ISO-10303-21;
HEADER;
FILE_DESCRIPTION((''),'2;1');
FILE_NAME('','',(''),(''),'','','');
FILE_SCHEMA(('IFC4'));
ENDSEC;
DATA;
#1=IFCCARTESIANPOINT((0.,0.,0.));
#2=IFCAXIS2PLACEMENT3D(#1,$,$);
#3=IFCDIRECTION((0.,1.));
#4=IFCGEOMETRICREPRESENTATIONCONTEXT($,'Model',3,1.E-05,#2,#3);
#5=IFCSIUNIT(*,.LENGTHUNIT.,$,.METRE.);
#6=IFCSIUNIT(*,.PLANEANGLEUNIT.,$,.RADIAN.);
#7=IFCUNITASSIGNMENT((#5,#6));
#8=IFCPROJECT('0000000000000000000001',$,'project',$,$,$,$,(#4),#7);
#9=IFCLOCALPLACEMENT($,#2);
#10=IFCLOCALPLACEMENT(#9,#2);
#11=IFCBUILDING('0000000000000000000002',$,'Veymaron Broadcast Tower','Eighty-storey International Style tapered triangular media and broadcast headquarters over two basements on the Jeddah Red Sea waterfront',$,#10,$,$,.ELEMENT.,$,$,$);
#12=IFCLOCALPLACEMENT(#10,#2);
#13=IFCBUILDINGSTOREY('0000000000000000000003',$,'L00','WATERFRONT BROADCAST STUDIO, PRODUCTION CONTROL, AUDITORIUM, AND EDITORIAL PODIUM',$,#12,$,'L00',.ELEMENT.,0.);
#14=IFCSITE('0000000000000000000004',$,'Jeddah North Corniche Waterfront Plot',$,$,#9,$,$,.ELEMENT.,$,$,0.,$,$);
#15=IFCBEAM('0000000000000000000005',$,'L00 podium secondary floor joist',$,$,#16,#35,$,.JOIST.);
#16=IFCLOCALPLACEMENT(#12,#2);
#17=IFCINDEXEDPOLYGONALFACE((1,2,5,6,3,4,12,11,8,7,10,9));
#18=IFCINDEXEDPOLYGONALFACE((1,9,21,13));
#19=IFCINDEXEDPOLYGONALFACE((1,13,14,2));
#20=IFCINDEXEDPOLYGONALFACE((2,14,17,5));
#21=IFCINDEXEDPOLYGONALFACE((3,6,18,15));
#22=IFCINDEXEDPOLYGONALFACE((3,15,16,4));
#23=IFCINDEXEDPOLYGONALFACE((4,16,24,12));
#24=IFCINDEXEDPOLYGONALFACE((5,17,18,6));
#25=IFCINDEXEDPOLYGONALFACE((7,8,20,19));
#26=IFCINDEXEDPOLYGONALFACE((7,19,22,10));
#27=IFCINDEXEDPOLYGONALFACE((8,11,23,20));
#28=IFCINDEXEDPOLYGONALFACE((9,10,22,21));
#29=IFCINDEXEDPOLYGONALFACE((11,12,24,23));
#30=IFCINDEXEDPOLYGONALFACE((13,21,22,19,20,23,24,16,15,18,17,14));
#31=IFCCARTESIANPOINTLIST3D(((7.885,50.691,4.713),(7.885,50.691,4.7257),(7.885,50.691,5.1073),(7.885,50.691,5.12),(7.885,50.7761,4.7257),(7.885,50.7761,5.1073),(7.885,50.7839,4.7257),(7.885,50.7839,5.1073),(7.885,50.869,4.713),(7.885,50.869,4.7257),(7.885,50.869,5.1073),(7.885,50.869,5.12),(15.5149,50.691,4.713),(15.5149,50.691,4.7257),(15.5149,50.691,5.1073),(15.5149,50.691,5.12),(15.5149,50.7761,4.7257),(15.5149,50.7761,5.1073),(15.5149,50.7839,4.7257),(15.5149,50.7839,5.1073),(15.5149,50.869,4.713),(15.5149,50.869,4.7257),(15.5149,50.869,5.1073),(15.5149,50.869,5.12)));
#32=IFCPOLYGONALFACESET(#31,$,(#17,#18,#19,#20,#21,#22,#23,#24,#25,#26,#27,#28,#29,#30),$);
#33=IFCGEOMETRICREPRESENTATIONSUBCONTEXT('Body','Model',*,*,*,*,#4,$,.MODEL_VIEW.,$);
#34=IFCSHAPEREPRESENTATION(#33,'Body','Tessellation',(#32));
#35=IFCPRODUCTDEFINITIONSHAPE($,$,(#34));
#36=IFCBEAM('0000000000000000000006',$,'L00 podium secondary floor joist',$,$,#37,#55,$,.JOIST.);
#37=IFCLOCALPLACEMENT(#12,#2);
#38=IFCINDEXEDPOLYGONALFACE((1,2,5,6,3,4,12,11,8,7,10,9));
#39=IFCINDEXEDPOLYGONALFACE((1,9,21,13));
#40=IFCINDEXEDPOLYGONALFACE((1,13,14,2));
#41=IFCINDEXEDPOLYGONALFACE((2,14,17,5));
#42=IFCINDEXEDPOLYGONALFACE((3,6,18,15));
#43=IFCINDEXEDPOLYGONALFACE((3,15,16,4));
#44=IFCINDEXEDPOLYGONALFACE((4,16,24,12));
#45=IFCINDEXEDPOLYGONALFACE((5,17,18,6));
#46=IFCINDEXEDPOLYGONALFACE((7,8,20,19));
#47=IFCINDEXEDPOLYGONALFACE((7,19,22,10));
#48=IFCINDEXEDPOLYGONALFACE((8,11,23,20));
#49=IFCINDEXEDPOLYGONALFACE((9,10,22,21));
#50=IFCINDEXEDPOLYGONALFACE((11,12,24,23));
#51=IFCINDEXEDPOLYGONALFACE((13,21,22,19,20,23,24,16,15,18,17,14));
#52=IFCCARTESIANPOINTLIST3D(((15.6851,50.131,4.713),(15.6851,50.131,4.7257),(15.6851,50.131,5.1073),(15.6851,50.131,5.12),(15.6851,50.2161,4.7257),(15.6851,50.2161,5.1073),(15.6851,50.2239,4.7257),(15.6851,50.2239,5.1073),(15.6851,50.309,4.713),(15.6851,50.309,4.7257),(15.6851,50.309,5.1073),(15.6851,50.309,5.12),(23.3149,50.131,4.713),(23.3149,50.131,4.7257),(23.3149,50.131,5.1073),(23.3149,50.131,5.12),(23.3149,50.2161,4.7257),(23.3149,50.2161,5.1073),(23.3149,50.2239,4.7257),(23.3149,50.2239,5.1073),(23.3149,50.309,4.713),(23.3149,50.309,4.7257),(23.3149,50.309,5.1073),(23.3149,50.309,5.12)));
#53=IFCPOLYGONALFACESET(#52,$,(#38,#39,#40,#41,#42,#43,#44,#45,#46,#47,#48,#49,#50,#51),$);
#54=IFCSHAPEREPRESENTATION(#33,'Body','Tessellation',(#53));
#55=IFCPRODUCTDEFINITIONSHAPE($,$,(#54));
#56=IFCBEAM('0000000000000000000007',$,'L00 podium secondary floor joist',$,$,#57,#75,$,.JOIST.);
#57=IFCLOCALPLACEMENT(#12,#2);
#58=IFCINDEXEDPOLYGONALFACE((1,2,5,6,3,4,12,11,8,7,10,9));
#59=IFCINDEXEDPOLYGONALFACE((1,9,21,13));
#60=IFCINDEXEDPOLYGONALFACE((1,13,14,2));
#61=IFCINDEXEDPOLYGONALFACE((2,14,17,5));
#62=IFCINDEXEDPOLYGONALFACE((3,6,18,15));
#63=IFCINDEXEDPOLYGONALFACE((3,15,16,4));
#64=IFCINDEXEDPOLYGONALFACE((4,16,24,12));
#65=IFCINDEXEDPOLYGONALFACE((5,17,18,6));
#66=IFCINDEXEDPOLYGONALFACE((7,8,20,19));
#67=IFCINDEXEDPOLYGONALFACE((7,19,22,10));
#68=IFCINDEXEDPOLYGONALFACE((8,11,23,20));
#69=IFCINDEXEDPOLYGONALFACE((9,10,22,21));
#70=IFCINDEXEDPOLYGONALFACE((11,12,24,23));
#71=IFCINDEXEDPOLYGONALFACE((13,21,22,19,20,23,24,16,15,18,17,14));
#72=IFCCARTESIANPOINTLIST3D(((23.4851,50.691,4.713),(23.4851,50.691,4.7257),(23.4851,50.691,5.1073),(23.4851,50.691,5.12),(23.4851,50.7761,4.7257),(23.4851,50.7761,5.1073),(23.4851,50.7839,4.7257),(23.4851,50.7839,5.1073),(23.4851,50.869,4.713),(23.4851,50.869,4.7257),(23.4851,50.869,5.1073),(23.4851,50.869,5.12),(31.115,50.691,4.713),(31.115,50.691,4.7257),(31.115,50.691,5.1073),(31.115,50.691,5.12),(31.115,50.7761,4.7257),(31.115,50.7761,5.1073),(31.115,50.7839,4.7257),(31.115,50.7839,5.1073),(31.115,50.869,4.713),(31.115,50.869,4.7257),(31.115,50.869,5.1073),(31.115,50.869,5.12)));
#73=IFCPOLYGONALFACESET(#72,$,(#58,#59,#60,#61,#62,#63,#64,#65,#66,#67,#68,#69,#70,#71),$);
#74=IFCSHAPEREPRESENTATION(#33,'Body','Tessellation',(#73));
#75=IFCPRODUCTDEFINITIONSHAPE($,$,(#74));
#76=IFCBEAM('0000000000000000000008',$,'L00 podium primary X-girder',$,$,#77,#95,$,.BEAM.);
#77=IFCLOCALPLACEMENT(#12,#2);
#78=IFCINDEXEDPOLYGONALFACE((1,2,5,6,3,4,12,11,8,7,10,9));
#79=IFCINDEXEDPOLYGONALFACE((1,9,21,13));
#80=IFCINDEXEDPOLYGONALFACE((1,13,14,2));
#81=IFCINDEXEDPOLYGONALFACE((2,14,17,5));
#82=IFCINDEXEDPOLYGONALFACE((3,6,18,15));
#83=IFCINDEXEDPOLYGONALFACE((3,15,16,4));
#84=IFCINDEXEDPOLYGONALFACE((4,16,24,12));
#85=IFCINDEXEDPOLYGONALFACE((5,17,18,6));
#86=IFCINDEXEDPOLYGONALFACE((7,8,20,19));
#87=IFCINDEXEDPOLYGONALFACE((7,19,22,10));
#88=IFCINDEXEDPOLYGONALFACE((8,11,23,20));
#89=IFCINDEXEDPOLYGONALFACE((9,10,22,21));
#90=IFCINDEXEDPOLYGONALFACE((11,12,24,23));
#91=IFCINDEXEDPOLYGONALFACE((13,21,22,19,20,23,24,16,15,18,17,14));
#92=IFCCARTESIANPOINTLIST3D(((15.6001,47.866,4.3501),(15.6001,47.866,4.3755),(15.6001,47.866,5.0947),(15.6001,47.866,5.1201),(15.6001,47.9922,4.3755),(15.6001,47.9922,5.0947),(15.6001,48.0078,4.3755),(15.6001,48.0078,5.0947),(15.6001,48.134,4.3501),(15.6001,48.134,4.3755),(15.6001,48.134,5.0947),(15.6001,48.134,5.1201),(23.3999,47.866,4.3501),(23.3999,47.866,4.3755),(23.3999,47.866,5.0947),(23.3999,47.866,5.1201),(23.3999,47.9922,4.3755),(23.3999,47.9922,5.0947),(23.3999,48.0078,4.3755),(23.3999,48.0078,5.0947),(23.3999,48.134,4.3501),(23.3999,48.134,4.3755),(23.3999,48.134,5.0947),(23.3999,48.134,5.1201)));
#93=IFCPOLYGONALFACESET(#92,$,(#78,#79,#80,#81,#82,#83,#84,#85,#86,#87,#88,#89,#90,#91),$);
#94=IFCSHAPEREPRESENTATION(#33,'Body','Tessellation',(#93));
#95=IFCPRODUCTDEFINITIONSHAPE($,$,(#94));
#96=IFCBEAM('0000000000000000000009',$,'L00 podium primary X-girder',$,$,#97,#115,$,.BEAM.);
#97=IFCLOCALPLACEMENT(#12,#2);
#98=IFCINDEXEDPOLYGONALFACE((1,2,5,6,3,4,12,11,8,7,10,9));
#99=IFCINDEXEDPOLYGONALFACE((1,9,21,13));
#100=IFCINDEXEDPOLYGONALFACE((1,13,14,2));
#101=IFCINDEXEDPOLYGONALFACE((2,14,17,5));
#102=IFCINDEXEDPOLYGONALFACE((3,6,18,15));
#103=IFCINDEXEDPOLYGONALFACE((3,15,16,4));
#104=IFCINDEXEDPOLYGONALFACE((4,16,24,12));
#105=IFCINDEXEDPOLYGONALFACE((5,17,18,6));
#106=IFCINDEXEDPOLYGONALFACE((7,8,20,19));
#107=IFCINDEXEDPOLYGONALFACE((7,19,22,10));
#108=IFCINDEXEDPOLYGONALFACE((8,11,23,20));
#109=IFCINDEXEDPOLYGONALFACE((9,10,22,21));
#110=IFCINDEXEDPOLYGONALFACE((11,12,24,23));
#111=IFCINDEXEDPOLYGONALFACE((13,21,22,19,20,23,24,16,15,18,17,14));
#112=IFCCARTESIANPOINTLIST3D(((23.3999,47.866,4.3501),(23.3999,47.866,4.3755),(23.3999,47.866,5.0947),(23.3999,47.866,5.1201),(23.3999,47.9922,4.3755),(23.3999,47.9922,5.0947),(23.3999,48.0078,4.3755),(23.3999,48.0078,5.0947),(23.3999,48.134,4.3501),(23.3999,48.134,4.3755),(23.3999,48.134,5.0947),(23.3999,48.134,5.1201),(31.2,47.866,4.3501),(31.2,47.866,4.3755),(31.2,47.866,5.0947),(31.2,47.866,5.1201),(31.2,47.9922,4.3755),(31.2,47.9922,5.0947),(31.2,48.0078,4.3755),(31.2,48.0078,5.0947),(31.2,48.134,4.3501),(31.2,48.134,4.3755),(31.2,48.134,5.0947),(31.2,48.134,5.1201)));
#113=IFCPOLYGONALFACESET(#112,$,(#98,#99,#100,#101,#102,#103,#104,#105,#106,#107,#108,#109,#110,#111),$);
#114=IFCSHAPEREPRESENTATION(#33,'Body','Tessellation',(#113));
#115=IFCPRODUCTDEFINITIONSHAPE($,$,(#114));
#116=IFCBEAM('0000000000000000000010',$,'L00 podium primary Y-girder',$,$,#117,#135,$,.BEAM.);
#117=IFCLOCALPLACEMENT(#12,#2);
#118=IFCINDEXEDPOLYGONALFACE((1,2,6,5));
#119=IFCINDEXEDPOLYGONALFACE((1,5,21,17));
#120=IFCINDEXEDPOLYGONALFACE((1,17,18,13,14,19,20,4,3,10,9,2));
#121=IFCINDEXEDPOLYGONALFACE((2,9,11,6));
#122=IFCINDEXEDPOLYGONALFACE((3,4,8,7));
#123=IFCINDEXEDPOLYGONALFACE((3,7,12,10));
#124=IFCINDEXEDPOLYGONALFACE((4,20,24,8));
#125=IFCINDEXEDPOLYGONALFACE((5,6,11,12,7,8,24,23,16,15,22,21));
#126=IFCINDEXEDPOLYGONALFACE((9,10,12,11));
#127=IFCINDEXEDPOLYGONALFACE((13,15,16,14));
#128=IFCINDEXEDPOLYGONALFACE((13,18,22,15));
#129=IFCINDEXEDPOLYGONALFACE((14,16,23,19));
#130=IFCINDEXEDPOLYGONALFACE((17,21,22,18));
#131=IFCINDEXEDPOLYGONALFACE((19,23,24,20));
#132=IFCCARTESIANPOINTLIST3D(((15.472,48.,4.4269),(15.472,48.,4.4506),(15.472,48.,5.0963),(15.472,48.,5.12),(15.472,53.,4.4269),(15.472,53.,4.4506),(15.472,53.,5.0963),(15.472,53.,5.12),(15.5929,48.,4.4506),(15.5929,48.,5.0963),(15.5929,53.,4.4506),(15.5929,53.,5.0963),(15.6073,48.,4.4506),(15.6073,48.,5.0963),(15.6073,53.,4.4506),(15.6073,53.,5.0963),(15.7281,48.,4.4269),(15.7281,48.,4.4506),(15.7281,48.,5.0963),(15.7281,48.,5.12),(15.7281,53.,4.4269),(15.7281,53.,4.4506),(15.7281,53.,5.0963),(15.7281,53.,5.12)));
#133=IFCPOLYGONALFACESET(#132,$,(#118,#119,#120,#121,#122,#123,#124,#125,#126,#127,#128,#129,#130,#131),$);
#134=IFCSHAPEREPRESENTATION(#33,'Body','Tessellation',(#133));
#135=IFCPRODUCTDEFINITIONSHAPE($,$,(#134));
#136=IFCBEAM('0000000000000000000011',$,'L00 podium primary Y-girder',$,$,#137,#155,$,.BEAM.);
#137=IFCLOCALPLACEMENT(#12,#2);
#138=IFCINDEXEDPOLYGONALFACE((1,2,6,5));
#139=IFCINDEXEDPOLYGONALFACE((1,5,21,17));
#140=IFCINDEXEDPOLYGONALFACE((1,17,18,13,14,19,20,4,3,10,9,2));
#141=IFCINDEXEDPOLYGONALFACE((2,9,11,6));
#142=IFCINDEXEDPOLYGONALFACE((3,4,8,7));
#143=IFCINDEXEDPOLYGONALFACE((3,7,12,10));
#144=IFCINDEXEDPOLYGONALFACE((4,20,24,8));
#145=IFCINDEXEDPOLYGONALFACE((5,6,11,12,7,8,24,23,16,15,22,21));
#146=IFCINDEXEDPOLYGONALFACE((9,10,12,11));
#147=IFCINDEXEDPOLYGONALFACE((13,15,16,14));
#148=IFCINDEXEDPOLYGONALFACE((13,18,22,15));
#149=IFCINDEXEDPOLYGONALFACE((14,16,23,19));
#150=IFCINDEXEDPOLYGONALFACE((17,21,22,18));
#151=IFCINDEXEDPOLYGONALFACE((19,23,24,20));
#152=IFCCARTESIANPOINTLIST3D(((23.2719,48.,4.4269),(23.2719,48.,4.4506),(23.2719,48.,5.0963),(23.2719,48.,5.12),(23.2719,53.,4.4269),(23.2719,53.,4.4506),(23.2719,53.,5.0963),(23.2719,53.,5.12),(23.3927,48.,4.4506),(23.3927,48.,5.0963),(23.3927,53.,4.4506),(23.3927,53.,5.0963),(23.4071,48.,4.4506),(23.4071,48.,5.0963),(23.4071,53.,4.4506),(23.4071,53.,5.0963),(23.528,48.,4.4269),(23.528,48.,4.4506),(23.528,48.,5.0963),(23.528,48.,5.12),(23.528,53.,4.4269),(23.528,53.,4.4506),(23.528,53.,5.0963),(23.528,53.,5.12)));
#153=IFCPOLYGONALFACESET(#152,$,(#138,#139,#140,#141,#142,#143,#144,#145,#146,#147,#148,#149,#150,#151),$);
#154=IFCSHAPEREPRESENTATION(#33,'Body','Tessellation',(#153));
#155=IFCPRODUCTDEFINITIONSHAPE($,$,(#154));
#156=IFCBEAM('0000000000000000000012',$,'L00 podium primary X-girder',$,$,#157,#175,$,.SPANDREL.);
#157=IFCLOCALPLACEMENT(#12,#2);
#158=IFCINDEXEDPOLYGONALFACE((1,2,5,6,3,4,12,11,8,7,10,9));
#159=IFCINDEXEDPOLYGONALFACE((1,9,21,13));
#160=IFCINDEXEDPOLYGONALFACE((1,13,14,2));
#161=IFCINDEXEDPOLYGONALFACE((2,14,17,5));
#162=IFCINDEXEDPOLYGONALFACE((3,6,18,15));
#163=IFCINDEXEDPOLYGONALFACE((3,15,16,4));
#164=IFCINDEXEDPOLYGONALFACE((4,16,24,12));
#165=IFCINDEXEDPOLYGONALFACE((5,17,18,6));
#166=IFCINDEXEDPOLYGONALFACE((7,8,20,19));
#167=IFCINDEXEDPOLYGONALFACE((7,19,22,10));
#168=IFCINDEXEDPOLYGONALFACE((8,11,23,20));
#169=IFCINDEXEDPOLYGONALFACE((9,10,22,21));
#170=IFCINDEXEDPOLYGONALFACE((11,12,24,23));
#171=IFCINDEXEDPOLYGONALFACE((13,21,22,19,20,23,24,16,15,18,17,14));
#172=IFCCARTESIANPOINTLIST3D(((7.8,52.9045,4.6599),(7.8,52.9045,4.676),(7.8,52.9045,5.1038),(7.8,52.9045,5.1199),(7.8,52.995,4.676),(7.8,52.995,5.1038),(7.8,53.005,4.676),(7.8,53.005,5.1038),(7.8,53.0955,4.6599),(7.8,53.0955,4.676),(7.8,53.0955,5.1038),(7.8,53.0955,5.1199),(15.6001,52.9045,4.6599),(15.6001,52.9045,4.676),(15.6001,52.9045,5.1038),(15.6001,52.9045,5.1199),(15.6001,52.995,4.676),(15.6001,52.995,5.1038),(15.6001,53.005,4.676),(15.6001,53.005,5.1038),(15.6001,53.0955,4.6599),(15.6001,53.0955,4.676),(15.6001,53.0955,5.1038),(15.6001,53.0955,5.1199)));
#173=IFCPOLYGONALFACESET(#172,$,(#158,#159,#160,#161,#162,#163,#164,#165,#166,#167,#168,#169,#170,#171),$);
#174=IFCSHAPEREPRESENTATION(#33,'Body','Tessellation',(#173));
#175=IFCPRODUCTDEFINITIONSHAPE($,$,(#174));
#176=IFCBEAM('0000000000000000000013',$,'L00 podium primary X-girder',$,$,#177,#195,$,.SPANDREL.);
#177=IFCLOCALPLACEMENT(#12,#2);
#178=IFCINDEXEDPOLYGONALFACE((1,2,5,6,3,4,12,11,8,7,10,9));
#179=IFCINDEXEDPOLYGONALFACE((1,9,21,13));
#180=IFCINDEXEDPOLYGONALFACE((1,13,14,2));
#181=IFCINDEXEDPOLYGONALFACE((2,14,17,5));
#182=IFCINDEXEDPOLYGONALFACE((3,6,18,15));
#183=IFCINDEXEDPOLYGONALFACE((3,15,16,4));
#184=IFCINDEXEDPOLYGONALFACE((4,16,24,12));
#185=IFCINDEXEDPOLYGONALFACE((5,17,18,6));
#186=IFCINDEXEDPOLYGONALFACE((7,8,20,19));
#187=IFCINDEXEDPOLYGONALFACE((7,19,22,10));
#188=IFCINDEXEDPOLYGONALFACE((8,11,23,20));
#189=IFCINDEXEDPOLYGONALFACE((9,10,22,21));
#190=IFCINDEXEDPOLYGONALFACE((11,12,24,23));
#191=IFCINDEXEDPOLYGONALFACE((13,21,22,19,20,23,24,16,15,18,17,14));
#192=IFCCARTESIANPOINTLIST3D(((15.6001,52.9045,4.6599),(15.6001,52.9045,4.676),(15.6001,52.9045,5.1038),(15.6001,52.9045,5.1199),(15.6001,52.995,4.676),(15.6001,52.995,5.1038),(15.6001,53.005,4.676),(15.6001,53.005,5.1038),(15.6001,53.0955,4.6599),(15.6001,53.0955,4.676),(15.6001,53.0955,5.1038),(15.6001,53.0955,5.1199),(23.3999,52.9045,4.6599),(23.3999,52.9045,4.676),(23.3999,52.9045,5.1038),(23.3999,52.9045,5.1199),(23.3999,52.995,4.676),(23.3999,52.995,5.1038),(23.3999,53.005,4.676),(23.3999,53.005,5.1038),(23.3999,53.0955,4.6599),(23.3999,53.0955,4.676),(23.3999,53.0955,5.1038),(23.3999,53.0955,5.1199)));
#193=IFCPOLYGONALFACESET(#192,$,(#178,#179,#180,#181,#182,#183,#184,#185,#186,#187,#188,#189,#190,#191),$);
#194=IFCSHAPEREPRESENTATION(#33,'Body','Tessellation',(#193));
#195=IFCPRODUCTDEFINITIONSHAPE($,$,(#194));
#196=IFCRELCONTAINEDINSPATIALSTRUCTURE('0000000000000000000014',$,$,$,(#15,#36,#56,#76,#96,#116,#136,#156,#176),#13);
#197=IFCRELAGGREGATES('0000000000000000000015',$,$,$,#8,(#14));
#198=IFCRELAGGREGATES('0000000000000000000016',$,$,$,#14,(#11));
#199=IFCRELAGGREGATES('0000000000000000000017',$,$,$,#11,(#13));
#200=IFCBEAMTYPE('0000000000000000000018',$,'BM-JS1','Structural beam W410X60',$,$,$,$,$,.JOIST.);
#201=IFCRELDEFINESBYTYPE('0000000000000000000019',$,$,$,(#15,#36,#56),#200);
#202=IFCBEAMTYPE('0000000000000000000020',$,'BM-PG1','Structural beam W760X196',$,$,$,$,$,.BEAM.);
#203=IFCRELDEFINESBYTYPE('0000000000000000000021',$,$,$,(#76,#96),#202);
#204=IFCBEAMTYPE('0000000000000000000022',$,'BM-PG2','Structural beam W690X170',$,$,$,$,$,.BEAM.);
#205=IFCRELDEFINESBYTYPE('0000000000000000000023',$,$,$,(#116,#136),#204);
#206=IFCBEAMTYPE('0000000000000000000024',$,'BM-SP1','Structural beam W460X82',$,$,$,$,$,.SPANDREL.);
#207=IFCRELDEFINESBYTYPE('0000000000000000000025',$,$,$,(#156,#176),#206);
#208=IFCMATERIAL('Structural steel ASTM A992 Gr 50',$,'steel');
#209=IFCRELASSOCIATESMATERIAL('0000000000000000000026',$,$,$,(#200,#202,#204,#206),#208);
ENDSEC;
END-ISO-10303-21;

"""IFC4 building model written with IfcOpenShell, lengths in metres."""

from ifc_helpers import new_model, si_unit, direction, frame, origin, origin_2d, place, context, subcontext, project, spatial, i_section, extrude, material, material_profile, profile_set, type_object, element, save


model = new_model("IFC4")

# Units and contexts
model_context = context("Model", 3, precision=1e-05, world=origin(), true_north=direction((0.0, 1.0)))
body_context = subcontext(model_context, "Body", "Model", "MODEL_VIEW")
ifc_project = project(units=[si_unit("LENGTHUNIT", "METRE"), si_unit("PLANEANGLEUNIT", "RADIAN")], contexts=[model_context])

# Site, building, storey
site_placement = place(None, origin())
site = spatial("IfcSite", under=ifc_project, at=site_placement, Name="Jeddah North Corniche Waterfront Plot", CompositionType="ELEMENT", RefElevation=0.0)
building_placement = place(site_placement, origin())
building = spatial("IfcBuilding", under=site, at=building_placement, Name="Veymaron Broadcast Tower", Description="Eighty-storey International Style tapered triangular media and broadcast headquarters over two basements on the Jeddah Red Sea waterfront", CompositionType="ELEMENT")
storey_placement = place(building_placement, origin())
storey = spatial("IfcBuildingStorey", under=building, at=storey_placement, Name="L00", Description="WATERFRONT BROADCAST STUDIO, PRODUCTION CONTROL, AUDITORIUM, AND EDITORIAL PODIUM", LongName="L00", CompositionType="ELEMENT", Elevation=0.0)

# Shared definitions
ifc_material_1 = material(Name="Structural steel ASTM A992 Gr 50", Category="steel")

# Beams
ifc_material_profile_1 = material_profile(ifc_material_1, i_section(OverallWidth=0.178, OverallDepth=0.407, WebThickness=0.0078, FlangeThickness=0.0127, at=origin_2d()), Name="W410X60")
ifc_profile_set_1 = profile_set([ifc_material_profile_1], Name="Structural steel ASTM A992 Gr 50")
beam_type_1 = type_object("IfcBeamType", Name="BM-JS1", Description="Structural beam W410X60", PredefinedType="JOIST", material=ifc_profile_set_1)
for number, where, z_axis, x_axis, name in (
    (1, (7.885, 50.78, 4.9165), (1.0, 0.0, 0.0), (0.0, 1.0, 0.0), "L00 podium secondary floor joist"),
    (2, (15.6851, 50.22, 4.9165), (1.0, 0.0, 0.0), (0.0, 1.0, 0.0), "L00 podium secondary floor joist"),
    (3, (23.4851, 50.78, 4.9165), (1.0, 0.0, 0.0), (0.0, 1.0, 0.0), "L00 podium secondary floor joist"),
):
    element("IfcBeam", number, at=place(storey_placement, frame(where, z_axis=z_axis, x_axis=x_axis)), inside=storey, type_object=beam_type_1, Name=name, PredefinedType="JOIST", context=body_context, shape_type="SweptSolid", body=[
        extrude(i_section(OverallWidth=0.178, OverallDepth=0.407, WebThickness=0.0078, FlangeThickness=0.0127, at=origin_2d()), origin(), (0.0, 0.0, 1.0), 7.6299),
    ])
ifc_material_profile_2 = material_profile(ifc_material_1, i_section(OverallWidth=0.2681, OverallDepth=0.77, WebThickness=0.0156, FlangeThickness=0.0254, at=origin_2d()), Name="W760X196")
ifc_profile_set_2 = profile_set([ifc_material_profile_2], Name="Structural steel ASTM A992 Gr 50")
beam_type_2 = type_object("IfcBeamType", Name="BM-PG1", Description="Structural beam W760X196", PredefinedType="BEAM", material=ifc_profile_set_2)
beam_1_placement = place(storey_placement, frame((15.6001, 48.0, 4.7351), z_axis=(1.0, 0.0, 0.0), x_axis=(0.0, 1.0, 0.0)))
element("IfcBeam", 4, at=beam_1_placement, inside=storey, type_object=beam_type_2, Name="L00 podium primary X-girder", PredefinedType="BEAM", context=body_context, shape_type="SweptSolid", body=[
    extrude(i_section(OverallWidth=0.2681, OverallDepth=0.77, WebThickness=0.0156, FlangeThickness=0.0254, at=origin_2d()), origin(), (0.0, 0.0, 1.0), 7.7998),
])
beam_2_placement = place(storey_placement, frame((23.3999, 48.0, 4.7351), z_axis=(1.0, 0.0, 0.0), x_axis=(0.0, 1.0, 0.0)))
element("IfcBeam", 5, at=beam_2_placement, inside=storey, type_object=beam_type_2, Name="L00 podium primary X-girder", PredefinedType="BEAM", context=body_context, shape_type="SweptSolid", body=[
    extrude(i_section(OverallWidth=0.2681, OverallDepth=0.77, WebThickness=0.0156, FlangeThickness=0.0254, at=origin_2d()), origin(), (0.0, 0.0, 1.0), 7.8),
])
ifc_material_profile_3 = material_profile(ifc_material_1, i_section(OverallWidth=0.2561, OverallDepth=0.6931, WebThickness=0.0144, FlangeThickness=0.0237, at=origin_2d()), Name="W690X170")
ifc_profile_set_3 = profile_set([ifc_material_profile_3], Name="Structural steel ASTM A992 Gr 50")
beam_type_3 = type_object("IfcBeamType", Name="BM-PG2", Description="Structural beam W690X170", PredefinedType="BEAM", material=ifc_profile_set_3)
for number, where, z_axis, x_axis, name in (
    (6, (15.6001, 48.0, 4.7734), (0.0, 1.0, 0.0), (-1.0, 0.0, 0.0), "L00 podium primary Y-girder"),
    (7, (23.3999, 48.0, 4.7734), (0.0, 1.0, 0.0), (-1.0, 0.0, 0.0), "L00 podium primary Y-girder"),
):
    element("IfcBeam", number, at=place(storey_placement, frame(where, z_axis=z_axis, x_axis=x_axis)), inside=storey, type_object=beam_type_3, Name=name, PredefinedType="BEAM", context=body_context, shape_type="SweptSolid", body=[
        extrude(i_section(OverallWidth=0.2561, OverallDepth=0.6931, WebThickness=0.0144, FlangeThickness=0.0237, at=origin_2d()), origin(), (0.0, 0.0, 1.0), 5.0),
    ])
ifc_material_profile_4 = material_profile(ifc_material_1, i_section(OverallWidth=0.1909, OverallDepth=0.46, WebThickness=0.01, FlangeThickness=0.0161, at=origin_2d()), Name="W460X82")
ifc_profile_set_4 = profile_set([ifc_material_profile_4], Name="Structural steel ASTM A992 Gr 50")
beam_type_4 = type_object("IfcBeamType", Name="BM-SP1", Description="Structural beam W460X82", PredefinedType="SPANDREL", material=ifc_profile_set_4)
beam_3_placement = place(storey_placement, frame((7.8, 53.0, 4.8899), z_axis=(1.0, 0.0, 0.0), x_axis=(0.0, 1.0, 0.0)))
element("IfcBeam", 8, at=beam_3_placement, inside=storey, type_object=beam_type_4, Name="L00 podium primary X-girder", PredefinedType="SPANDREL", context=body_context, shape_type="SweptSolid", body=[
    extrude(i_section(OverallWidth=0.1909, OverallDepth=0.46, WebThickness=0.01, FlangeThickness=0.0161, at=origin_2d()), origin(), (0.0, 0.0, 1.0), 7.8),
])
beam_4_placement = place(storey_placement, frame((15.6001, 53.0, 4.8899), z_axis=(1.0, 0.0, 0.0), x_axis=(0.0, 1.0, 0.0)))
element("IfcBeam", 9, at=beam_4_placement, inside=storey, type_object=beam_type_4, Name="L00 podium primary X-girder", PredefinedType="SPANDREL", context=body_context, shape_type="SweptSolid", body=[
    extrude(i_section(OverallWidth=0.1909, OverallDepth=0.46, WebThickness=0.01, FlangeThickness=0.0161, at=origin_2d()), origin(), (0.0, 0.0, 1.0), 7.7998),
])

save(model, "model.ifc")
